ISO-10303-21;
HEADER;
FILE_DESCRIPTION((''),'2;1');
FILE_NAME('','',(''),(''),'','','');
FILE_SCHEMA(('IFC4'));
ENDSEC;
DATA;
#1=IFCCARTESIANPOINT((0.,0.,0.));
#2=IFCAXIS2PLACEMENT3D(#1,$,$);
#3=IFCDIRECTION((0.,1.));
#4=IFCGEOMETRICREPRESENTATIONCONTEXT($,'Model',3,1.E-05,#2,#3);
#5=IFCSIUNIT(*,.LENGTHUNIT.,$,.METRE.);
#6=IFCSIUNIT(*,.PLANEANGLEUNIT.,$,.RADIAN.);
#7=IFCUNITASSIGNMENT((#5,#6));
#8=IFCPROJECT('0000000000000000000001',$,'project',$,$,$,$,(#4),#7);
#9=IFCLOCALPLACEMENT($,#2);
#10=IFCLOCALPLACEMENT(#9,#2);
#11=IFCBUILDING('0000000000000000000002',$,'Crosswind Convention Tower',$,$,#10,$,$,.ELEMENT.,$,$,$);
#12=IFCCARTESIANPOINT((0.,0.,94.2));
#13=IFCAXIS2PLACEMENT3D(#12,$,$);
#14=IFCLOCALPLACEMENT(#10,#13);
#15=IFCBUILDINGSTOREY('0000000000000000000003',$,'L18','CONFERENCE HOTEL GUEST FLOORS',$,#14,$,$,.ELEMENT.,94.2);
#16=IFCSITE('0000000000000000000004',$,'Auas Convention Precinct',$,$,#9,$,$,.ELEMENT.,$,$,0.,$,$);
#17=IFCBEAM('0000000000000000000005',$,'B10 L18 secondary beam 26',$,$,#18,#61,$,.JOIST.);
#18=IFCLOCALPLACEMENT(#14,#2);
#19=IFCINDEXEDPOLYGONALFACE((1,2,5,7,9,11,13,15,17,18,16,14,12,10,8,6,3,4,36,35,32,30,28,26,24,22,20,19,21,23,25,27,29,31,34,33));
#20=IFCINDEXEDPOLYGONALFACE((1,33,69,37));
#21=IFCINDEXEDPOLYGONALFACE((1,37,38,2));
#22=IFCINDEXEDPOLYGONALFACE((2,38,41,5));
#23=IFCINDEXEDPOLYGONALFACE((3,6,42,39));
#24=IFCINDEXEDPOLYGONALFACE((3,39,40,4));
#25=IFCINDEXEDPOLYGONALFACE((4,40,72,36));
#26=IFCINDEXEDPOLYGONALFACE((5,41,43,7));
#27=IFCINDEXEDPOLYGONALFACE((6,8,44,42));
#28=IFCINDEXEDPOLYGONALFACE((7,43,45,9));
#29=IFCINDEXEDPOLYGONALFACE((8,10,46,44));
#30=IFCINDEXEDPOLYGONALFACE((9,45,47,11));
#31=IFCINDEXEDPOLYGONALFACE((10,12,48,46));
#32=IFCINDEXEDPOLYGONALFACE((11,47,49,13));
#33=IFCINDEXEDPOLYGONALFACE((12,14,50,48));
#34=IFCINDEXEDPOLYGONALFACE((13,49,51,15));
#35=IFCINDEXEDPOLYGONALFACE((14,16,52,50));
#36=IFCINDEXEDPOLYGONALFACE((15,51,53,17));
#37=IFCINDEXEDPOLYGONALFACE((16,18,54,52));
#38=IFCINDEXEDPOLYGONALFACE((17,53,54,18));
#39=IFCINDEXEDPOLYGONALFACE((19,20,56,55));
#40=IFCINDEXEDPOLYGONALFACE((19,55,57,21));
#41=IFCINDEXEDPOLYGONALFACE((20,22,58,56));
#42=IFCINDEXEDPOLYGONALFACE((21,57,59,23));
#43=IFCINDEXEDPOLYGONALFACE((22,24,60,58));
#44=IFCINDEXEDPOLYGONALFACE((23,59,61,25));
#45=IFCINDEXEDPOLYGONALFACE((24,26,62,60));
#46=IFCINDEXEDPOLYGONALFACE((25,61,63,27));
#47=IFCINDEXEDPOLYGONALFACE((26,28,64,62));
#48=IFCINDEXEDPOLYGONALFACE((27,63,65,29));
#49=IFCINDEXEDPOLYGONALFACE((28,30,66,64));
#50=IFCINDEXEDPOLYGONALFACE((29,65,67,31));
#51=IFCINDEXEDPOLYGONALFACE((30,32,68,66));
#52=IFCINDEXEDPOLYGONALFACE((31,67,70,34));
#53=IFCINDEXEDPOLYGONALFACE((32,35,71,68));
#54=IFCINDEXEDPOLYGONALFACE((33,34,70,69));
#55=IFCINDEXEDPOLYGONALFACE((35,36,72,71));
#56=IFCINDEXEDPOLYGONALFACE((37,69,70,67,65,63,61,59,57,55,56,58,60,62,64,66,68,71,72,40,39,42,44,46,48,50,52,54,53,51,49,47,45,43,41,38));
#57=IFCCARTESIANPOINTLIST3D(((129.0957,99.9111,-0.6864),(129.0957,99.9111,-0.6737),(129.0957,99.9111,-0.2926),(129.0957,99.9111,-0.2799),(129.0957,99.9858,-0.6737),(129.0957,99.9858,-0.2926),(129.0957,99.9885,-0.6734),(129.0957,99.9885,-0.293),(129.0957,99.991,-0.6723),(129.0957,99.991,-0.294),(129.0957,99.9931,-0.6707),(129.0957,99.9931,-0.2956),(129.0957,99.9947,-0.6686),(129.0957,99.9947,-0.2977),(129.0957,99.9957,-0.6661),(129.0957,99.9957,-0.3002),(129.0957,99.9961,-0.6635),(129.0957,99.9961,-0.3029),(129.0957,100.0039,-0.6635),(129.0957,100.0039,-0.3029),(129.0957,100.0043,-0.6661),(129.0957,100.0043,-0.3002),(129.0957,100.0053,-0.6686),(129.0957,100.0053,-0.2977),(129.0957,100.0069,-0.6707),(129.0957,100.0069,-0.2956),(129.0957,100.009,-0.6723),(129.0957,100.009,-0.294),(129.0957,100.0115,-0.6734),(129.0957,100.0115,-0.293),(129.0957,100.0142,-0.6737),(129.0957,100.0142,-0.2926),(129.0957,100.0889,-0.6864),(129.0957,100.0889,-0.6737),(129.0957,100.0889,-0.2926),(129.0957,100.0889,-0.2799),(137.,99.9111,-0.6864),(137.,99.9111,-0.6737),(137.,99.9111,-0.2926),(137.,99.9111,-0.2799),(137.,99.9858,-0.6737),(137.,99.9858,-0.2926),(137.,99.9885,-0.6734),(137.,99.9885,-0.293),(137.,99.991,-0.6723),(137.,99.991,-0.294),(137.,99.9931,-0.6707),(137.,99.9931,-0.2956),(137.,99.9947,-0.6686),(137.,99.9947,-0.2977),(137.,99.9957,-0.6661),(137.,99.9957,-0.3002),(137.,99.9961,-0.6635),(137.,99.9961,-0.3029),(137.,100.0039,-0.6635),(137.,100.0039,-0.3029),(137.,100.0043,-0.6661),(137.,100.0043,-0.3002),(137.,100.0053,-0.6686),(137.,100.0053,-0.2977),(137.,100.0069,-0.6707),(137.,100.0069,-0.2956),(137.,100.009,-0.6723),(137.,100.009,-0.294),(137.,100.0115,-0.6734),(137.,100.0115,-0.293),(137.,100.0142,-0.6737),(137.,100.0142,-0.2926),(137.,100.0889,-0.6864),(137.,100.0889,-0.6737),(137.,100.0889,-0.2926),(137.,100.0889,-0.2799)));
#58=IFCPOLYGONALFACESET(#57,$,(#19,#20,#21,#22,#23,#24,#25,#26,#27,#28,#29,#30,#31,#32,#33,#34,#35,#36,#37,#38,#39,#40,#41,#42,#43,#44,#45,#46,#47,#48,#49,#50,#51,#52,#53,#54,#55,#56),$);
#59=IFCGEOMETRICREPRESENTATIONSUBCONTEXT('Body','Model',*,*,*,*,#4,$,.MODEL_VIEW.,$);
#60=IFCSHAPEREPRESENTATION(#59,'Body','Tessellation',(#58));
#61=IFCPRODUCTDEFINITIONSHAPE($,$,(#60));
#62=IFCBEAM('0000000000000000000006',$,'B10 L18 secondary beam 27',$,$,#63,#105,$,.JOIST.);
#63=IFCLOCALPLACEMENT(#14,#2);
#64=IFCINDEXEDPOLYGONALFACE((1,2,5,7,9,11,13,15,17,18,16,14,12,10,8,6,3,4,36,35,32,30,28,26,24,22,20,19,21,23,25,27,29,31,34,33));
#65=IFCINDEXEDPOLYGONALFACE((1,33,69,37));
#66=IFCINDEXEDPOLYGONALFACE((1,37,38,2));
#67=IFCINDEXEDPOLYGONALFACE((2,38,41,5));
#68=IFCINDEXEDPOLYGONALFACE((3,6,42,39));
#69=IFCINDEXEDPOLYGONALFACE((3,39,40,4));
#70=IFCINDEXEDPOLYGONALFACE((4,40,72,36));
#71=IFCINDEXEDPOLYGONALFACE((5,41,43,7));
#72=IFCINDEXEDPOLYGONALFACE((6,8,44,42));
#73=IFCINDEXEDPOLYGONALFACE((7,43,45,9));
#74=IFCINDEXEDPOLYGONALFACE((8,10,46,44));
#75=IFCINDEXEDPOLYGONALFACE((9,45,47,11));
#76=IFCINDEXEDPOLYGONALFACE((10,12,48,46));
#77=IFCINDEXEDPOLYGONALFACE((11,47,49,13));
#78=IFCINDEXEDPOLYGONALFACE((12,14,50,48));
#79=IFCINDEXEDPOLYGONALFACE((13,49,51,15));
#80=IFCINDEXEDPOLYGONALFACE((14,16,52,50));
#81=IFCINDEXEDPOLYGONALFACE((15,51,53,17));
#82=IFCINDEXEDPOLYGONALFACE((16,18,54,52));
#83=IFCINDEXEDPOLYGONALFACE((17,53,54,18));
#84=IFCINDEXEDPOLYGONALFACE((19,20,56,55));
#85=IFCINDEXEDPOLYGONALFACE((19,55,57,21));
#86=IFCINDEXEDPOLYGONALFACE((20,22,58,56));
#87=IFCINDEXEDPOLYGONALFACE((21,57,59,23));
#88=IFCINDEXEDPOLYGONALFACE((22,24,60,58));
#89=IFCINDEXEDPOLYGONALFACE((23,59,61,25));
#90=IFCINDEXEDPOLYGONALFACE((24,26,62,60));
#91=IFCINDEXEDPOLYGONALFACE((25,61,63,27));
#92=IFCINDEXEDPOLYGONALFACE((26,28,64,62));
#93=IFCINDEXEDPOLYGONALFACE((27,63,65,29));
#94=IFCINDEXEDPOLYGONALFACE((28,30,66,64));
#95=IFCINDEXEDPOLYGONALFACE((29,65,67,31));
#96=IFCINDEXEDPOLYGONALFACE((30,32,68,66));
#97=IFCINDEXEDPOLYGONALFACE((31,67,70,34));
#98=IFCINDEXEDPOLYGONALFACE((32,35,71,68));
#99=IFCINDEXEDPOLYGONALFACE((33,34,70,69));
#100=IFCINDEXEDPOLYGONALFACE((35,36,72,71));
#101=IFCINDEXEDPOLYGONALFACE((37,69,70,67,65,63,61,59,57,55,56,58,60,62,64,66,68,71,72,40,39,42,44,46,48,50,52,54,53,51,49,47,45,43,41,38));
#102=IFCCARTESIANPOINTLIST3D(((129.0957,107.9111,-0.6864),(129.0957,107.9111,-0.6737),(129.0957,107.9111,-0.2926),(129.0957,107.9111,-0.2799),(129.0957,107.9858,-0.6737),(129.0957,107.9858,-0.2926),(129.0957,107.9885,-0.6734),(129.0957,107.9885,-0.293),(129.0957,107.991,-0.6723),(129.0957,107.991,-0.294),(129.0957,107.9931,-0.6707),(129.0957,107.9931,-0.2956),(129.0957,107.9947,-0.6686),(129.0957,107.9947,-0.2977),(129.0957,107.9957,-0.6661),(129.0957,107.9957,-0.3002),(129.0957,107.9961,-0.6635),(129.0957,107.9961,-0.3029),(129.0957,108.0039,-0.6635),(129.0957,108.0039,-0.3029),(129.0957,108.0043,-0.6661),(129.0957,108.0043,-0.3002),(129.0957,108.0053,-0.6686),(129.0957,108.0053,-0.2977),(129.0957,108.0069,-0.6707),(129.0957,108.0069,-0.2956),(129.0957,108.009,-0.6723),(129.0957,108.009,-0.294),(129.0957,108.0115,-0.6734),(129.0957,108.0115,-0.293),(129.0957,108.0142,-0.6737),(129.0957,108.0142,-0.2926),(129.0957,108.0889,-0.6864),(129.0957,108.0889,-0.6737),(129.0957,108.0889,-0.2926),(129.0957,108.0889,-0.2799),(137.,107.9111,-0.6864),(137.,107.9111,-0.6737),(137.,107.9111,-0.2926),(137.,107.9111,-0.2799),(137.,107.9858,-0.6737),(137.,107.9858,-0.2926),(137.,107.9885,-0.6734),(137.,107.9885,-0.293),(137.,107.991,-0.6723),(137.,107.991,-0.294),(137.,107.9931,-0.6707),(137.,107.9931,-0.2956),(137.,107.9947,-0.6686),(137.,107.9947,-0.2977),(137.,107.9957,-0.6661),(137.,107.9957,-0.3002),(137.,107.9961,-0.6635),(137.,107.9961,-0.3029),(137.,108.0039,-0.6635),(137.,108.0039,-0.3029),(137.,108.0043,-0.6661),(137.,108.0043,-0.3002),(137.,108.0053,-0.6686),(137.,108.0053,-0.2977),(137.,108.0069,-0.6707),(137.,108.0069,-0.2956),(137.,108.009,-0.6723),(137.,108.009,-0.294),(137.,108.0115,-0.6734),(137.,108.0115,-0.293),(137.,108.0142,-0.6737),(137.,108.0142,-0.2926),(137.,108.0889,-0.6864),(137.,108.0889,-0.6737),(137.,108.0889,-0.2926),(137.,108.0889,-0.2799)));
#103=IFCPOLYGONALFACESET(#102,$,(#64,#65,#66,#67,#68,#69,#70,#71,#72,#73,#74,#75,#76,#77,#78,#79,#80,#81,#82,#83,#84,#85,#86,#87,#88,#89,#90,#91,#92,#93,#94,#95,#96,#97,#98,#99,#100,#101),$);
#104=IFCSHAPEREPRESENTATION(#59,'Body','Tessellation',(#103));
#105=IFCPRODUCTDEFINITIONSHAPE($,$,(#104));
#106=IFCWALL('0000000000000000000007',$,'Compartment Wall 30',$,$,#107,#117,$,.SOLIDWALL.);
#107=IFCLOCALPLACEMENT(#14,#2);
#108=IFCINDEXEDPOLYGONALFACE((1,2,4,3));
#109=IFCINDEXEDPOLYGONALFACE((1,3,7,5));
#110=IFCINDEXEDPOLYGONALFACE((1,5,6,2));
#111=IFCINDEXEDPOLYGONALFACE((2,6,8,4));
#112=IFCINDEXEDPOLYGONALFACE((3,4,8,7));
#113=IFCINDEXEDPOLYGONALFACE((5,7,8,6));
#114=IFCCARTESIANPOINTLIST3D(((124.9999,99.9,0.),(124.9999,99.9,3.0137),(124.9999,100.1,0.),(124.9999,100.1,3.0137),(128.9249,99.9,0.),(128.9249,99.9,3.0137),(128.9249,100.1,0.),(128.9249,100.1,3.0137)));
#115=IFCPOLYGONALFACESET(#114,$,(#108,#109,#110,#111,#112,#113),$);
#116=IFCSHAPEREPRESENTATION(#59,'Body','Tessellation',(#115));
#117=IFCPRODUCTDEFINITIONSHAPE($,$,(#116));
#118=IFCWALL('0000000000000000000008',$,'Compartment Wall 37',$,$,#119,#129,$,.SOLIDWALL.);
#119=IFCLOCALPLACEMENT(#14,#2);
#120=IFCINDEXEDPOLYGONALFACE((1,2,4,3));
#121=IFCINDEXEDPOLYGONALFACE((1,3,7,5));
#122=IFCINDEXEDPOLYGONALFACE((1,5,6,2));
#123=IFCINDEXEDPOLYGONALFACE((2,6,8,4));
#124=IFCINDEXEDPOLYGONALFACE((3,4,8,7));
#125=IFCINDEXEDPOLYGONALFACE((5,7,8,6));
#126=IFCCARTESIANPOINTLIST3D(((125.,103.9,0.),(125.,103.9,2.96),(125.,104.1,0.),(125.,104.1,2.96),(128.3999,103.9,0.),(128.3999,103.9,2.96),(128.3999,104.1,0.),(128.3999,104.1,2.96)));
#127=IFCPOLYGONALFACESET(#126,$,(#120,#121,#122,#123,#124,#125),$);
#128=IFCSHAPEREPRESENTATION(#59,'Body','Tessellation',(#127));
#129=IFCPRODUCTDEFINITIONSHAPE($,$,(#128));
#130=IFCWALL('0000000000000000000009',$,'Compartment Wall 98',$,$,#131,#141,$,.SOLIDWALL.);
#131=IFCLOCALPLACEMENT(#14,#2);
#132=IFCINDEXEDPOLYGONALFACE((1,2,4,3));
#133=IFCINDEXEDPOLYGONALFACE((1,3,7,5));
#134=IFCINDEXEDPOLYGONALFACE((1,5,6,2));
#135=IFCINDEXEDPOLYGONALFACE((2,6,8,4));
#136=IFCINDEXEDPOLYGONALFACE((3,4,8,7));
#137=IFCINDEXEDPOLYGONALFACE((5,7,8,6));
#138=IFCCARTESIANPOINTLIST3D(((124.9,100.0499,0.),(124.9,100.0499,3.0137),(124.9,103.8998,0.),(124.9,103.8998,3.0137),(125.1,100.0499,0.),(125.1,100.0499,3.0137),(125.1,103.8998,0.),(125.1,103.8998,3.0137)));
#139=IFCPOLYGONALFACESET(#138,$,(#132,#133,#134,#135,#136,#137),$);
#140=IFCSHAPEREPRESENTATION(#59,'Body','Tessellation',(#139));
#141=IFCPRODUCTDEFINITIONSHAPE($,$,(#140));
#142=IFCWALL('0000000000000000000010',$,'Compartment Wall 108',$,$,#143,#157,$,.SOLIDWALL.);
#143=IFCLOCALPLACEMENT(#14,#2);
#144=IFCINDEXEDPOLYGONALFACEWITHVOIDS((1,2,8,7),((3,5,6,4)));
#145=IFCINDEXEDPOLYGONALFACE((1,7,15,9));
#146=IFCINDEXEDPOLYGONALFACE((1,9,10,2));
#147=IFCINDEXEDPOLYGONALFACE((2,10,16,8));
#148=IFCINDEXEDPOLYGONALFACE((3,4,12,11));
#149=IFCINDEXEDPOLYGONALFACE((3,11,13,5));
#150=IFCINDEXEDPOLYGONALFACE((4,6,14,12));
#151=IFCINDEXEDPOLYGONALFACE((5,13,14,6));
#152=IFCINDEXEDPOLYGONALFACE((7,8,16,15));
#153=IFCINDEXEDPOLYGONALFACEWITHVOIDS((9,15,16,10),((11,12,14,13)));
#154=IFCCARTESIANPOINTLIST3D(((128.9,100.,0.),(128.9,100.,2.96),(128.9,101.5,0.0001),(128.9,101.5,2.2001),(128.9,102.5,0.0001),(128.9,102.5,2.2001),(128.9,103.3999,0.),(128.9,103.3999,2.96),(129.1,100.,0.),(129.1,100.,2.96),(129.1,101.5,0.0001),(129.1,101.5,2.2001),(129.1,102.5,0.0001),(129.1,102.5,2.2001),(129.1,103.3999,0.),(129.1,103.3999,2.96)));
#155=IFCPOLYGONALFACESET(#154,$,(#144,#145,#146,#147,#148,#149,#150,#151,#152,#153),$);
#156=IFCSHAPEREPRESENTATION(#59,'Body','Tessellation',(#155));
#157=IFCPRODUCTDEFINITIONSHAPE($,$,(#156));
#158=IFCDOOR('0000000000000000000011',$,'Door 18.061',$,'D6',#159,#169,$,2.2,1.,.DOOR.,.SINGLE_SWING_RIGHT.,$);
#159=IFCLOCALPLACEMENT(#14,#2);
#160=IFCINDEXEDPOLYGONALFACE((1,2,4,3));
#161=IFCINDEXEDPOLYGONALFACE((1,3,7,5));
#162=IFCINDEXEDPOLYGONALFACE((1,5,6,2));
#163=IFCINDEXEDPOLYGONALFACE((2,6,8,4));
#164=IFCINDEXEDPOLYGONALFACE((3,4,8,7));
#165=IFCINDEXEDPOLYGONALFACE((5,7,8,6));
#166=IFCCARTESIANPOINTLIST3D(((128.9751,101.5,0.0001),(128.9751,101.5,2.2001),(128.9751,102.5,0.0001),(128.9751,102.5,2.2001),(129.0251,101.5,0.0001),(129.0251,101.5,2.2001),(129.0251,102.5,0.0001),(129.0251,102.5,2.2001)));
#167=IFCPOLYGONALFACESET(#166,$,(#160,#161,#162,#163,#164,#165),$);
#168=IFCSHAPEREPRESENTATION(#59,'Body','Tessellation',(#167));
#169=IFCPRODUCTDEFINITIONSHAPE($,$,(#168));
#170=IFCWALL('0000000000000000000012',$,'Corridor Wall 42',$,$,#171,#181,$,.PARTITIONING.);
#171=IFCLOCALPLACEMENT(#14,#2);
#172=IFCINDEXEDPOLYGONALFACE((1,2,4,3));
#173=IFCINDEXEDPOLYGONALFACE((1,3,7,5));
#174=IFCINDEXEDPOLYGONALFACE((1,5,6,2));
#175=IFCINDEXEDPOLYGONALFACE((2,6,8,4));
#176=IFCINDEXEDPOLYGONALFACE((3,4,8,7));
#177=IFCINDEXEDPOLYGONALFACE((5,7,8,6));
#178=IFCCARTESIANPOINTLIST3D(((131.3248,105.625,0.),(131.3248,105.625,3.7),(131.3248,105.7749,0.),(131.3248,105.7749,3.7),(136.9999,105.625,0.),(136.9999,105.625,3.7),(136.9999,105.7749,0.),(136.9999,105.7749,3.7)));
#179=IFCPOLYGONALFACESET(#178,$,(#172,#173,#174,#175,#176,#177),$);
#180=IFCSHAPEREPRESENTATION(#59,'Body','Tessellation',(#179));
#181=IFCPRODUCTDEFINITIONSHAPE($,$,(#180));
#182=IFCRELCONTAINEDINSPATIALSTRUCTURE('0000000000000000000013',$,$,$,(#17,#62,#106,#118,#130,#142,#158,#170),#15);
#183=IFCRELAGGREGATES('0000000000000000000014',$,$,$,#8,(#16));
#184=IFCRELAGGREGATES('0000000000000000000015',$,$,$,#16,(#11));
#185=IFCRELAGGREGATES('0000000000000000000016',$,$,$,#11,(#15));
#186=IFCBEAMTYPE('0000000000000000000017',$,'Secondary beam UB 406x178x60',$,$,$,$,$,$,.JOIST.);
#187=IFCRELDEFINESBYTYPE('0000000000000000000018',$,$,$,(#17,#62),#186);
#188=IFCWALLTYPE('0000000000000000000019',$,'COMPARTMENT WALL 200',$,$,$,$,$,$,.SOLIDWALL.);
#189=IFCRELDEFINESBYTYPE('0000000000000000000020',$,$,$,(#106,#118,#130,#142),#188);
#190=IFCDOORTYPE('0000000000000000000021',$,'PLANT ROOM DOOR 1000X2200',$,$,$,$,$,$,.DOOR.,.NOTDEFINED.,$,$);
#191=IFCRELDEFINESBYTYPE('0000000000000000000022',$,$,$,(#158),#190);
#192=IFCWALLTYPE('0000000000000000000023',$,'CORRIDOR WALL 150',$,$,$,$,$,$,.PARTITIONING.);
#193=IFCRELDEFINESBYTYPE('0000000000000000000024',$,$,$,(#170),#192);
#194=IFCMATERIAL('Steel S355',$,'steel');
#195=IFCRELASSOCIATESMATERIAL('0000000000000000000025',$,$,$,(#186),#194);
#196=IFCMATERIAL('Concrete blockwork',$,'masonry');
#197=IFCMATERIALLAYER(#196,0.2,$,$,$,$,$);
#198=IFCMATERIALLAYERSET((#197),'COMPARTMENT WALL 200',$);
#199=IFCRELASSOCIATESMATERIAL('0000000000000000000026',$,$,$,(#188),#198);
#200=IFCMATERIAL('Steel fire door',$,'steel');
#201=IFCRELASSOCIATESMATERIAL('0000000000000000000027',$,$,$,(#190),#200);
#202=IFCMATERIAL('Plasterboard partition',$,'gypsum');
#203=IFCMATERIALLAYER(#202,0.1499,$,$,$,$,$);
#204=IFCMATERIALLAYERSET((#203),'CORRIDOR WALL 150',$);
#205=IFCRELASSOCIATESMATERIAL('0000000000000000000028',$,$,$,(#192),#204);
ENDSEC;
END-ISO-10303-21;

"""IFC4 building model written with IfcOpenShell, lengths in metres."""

from ifc_helpers import new_model, si_unit, direction, frame, frame_2d, origin, origin_2d, place, context, subcontext, project, spatial, rectangle, i_section, extrude, material, layer, layer_set, material_profile, profile_set, type_object, element, fill, save


model = new_model("IFC4")

# Units and contexts
model_context = context("Model", 3, precision=1e-05, world=origin(), true_north=direction((0.0, 1.0)))
body_context = subcontext(model_context, "Body", "Model", "MODEL_VIEW")
ifc_project = project(units=[si_unit("LENGTHUNIT", "METRE"), si_unit("PLANEANGLEUNIT", "RADIAN")], contexts=[model_context])

# Site, building, storey
site_placement = place(None, origin())
site = spatial("IfcSite", under=ifc_project, at=site_placement, Name="Auas Convention Precinct", CompositionType="ELEMENT", RefElevation=0.0)
building_placement = place(site_placement, origin())
building = spatial("IfcBuilding", under=site, at=building_placement, Name="Crosswind Convention Tower", CompositionType="ELEMENT")
storey_placement = place(building_placement, frame((0.0, 0.0, 94.2)))
storey = spatial("IfcBuildingStorey", under=building, at=storey_placement, Name="L18", Description="CONFERENCE HOTEL GUEST FLOORS", CompositionType="ELEMENT", Elevation=94.2)

# Beams
ifc_material_1 = material(Name="Steel S355", Category="steel")
ifc_material_profile_1 = material_profile(ifc_material_1, i_section(OverallWidth=0.1777, OverallDepth=0.4065, WebThickness=0.0078, FlangeThickness=0.0127, FilletRadius=0.0103, at=origin_2d()), Name="UB 406x178x60")
ifc_profile_set_1 = profile_set([ifc_material_profile_1], Name="Steel S355")
beam_type_1 = type_object("IfcBeamType", Name="Secondary beam UB 406x178x60", PredefinedType="JOIST", material=ifc_profile_set_1)
for number, where, z_axis, x_axis, name in (
    (1, (129.0957, 100.0, -0.4832), (1.0, 0.0, 0.0), (0.0, 1.0, 0.0), "B10 L18 secondary beam 26"),
    (2, (129.0957, 108.0, -0.4832), (1.0, 0.0, 0.0), (0.0, 1.0, 0.0), "B10 L18 secondary beam 27"),
):
    element("IfcBeam", number, at=place(storey_placement, frame(where, z_axis=z_axis, x_axis=x_axis)), inside=storey, type_object=beam_type_1, Name=name, PredefinedType="JOIST", context=body_context, shape_type="SweptSolid", body=[
        extrude(i_section(OverallWidth=0.1777, OverallDepth=0.4065, WebThickness=0.0078, FlangeThickness=0.0127, FilletRadius=0.0103, at=origin_2d()), origin(), (0.0, 0.0, 1.0), 7.9043),
    ])

# Walls
ifc_material_2 = material(Name="Concrete blockwork", Category="masonry")
ifc_layer_1 = layer(ifc_material_2, 0.2)
ifc_layer_set_1 = layer_set([ifc_layer_1], Name="COMPARTMENT WALL 200")
wall_type_1 = type_object("IfcWallType", Name="COMPARTMENT WALL 200", PredefinedType="SOLIDWALL", material=ifc_layer_set_1)
wall_1_placement = place(storey_placement, frame((125.0, 100.0, 0.0), z_axis=(0.0, 0.0, 1.0), x_axis=(1.0, 0.0, 0.0)))
element("IfcWall", 3, at=wall_1_placement, inside=storey, type_object=wall_type_1, Name="Compartment Wall 30", PredefinedType="SOLIDWALL", context=body_context, shape_type="SweptSolid", body=[
    extrude(rectangle(XDim=3.925, YDim=0.2, at=frame_2d((1.9624, 0.0))), origin(), (0.0, 0.0, 1.0), 3.0137),
])
wall_2_placement = place(storey_placement, frame((125.0, 104.0, 0.0), z_axis=(0.0, 0.0, 1.0), x_axis=(1.0, 0.0, 0.0)))
element("IfcWall", 4, at=wall_2_placement, inside=storey, type_object=wall_type_1, Name="Compartment Wall 37", PredefinedType="SOLIDWALL", context=body_context, shape_type="SweptSolid", body=[
    extrude(rectangle(XDim=3.3999, YDim=0.2, at=frame_2d((1.7, 0.0))), origin(), (0.0, 0.0, 1.0), 2.96),
])
wall_3_placement = place(storey_placement, frame((125.0, 100.05, 0.0), z_axis=(0.0, 0.0, 1.0), x_axis=(0.0, 1.0, 0.0)))
element("IfcWall", 5, at=wall_3_placement, inside=storey, type_object=wall_type_1, Name="Compartment Wall 98", PredefinedType="SOLIDWALL", context=body_context, shape_type="SweptSolid", body=[
    extrude(rectangle(XDim=3.8499, YDim=0.2, at=frame_2d((1.9248, 0.0))), origin(), (0.0, 0.0, 1.0), 3.0137),
])

# Wall, opening, door
wall_4_placement = place(storey_placement, frame((129.0, 100.0, 0.0), z_axis=(0.0, 0.0, 1.0), x_axis=(0.0, 1.0, 0.0)))
wall_4 = element("IfcWall", 6, at=wall_4_placement, inside=storey, type_object=wall_type_1, Name="Compartment Wall 108", PredefinedType="SOLIDWALL", context=body_context, shape_type="SweptSolid", body=[
    extrude(rectangle(XDim=3.3999, YDim=0.2, at=frame_2d((1.7, 0.0))), origin(), (0.0, 0.0, 1.0), 2.96),
])
opening_1_placement = place(wall_4_placement, frame((1.5, 0.0, 0.0)))
opening_1 = element("IfcOpeningElement", 7, at=opening_1_placement, cuts=wall_4, PredefinedType="OPENING", context=body_context, shape_type="SweptSolid", body=[
    extrude(rectangle(XDim=1.0, YDim=2.2, at=frame_2d((0.5, 1.1001))), frame((0.0, 0.1099, 0.0), z_axis=(0.0, -1.0, 0.0), x_axis=(1.0, 0.0, 0.0)), (0.0, 0.0, 1.0), 0.22),
])
ifc_material_3 = material(Name="Steel fire door", Category="steel")
door_type_1 = type_object("IfcDoorType", Name="PLANT ROOM DOOR 1000X2200", OperationType="NOTDEFINED", PredefinedType="DOOR", material=ifc_material_3)
door_1_placement = place(opening_1_placement, origin())
door_1 = element("IfcDoor", 8, at=door_1_placement, inside=storey, type_object=door_type_1, Name="Door 18.061", ObjectType="D6", OperationType="SINGLE_SWING_RIGHT", OverallHeight=2.2, OverallWidth=1.0, PredefinedType="DOOR", context=body_context, shape_type="SweptSolid", body=[
    extrude(rectangle(XDim=1.0, YDim=2.2, at=frame_2d((0.5, 1.1001))), frame((0.0, 0.0249, 0.0), z_axis=(0.0, -1.0, 0.0), x_axis=(1.0, 0.0, 0.0)), (0.0, 0.0, 1.0), 0.05),
])
fill(opening_1, door_1)

# Wall
ifc_material_4 = material(Name="Plasterboard partition", Category="gypsum")
ifc_layer_2 = layer(ifc_material_4, 0.1499)
ifc_layer_set_2 = layer_set([ifc_layer_2], Name="CORRIDOR WALL 150")
wall_type_2 = type_object("IfcWallType", Name="CORRIDOR WALL 150", PredefinedType="PARTITIONING", material=ifc_layer_set_2)
wall_5_placement = place(storey_placement, frame((131.325, 105.7, 0.0), z_axis=(0.0, 0.0, 1.0), x_axis=(1.0, 0.0, 0.0)))
element("IfcWall", 9, at=wall_5_placement, inside=storey, type_object=wall_type_2, Name="Corridor Wall 42", PredefinedType="PARTITIONING", context=body_context, shape_type="SweptSolid", body=[
    extrude(rectangle(XDim=5.675, YDim=0.1499, at=frame_2d((2.8374, 0.0))), origin(), (0.0, 0.0, 1.0), 3.7),
])

save(model, "model.ifc")
